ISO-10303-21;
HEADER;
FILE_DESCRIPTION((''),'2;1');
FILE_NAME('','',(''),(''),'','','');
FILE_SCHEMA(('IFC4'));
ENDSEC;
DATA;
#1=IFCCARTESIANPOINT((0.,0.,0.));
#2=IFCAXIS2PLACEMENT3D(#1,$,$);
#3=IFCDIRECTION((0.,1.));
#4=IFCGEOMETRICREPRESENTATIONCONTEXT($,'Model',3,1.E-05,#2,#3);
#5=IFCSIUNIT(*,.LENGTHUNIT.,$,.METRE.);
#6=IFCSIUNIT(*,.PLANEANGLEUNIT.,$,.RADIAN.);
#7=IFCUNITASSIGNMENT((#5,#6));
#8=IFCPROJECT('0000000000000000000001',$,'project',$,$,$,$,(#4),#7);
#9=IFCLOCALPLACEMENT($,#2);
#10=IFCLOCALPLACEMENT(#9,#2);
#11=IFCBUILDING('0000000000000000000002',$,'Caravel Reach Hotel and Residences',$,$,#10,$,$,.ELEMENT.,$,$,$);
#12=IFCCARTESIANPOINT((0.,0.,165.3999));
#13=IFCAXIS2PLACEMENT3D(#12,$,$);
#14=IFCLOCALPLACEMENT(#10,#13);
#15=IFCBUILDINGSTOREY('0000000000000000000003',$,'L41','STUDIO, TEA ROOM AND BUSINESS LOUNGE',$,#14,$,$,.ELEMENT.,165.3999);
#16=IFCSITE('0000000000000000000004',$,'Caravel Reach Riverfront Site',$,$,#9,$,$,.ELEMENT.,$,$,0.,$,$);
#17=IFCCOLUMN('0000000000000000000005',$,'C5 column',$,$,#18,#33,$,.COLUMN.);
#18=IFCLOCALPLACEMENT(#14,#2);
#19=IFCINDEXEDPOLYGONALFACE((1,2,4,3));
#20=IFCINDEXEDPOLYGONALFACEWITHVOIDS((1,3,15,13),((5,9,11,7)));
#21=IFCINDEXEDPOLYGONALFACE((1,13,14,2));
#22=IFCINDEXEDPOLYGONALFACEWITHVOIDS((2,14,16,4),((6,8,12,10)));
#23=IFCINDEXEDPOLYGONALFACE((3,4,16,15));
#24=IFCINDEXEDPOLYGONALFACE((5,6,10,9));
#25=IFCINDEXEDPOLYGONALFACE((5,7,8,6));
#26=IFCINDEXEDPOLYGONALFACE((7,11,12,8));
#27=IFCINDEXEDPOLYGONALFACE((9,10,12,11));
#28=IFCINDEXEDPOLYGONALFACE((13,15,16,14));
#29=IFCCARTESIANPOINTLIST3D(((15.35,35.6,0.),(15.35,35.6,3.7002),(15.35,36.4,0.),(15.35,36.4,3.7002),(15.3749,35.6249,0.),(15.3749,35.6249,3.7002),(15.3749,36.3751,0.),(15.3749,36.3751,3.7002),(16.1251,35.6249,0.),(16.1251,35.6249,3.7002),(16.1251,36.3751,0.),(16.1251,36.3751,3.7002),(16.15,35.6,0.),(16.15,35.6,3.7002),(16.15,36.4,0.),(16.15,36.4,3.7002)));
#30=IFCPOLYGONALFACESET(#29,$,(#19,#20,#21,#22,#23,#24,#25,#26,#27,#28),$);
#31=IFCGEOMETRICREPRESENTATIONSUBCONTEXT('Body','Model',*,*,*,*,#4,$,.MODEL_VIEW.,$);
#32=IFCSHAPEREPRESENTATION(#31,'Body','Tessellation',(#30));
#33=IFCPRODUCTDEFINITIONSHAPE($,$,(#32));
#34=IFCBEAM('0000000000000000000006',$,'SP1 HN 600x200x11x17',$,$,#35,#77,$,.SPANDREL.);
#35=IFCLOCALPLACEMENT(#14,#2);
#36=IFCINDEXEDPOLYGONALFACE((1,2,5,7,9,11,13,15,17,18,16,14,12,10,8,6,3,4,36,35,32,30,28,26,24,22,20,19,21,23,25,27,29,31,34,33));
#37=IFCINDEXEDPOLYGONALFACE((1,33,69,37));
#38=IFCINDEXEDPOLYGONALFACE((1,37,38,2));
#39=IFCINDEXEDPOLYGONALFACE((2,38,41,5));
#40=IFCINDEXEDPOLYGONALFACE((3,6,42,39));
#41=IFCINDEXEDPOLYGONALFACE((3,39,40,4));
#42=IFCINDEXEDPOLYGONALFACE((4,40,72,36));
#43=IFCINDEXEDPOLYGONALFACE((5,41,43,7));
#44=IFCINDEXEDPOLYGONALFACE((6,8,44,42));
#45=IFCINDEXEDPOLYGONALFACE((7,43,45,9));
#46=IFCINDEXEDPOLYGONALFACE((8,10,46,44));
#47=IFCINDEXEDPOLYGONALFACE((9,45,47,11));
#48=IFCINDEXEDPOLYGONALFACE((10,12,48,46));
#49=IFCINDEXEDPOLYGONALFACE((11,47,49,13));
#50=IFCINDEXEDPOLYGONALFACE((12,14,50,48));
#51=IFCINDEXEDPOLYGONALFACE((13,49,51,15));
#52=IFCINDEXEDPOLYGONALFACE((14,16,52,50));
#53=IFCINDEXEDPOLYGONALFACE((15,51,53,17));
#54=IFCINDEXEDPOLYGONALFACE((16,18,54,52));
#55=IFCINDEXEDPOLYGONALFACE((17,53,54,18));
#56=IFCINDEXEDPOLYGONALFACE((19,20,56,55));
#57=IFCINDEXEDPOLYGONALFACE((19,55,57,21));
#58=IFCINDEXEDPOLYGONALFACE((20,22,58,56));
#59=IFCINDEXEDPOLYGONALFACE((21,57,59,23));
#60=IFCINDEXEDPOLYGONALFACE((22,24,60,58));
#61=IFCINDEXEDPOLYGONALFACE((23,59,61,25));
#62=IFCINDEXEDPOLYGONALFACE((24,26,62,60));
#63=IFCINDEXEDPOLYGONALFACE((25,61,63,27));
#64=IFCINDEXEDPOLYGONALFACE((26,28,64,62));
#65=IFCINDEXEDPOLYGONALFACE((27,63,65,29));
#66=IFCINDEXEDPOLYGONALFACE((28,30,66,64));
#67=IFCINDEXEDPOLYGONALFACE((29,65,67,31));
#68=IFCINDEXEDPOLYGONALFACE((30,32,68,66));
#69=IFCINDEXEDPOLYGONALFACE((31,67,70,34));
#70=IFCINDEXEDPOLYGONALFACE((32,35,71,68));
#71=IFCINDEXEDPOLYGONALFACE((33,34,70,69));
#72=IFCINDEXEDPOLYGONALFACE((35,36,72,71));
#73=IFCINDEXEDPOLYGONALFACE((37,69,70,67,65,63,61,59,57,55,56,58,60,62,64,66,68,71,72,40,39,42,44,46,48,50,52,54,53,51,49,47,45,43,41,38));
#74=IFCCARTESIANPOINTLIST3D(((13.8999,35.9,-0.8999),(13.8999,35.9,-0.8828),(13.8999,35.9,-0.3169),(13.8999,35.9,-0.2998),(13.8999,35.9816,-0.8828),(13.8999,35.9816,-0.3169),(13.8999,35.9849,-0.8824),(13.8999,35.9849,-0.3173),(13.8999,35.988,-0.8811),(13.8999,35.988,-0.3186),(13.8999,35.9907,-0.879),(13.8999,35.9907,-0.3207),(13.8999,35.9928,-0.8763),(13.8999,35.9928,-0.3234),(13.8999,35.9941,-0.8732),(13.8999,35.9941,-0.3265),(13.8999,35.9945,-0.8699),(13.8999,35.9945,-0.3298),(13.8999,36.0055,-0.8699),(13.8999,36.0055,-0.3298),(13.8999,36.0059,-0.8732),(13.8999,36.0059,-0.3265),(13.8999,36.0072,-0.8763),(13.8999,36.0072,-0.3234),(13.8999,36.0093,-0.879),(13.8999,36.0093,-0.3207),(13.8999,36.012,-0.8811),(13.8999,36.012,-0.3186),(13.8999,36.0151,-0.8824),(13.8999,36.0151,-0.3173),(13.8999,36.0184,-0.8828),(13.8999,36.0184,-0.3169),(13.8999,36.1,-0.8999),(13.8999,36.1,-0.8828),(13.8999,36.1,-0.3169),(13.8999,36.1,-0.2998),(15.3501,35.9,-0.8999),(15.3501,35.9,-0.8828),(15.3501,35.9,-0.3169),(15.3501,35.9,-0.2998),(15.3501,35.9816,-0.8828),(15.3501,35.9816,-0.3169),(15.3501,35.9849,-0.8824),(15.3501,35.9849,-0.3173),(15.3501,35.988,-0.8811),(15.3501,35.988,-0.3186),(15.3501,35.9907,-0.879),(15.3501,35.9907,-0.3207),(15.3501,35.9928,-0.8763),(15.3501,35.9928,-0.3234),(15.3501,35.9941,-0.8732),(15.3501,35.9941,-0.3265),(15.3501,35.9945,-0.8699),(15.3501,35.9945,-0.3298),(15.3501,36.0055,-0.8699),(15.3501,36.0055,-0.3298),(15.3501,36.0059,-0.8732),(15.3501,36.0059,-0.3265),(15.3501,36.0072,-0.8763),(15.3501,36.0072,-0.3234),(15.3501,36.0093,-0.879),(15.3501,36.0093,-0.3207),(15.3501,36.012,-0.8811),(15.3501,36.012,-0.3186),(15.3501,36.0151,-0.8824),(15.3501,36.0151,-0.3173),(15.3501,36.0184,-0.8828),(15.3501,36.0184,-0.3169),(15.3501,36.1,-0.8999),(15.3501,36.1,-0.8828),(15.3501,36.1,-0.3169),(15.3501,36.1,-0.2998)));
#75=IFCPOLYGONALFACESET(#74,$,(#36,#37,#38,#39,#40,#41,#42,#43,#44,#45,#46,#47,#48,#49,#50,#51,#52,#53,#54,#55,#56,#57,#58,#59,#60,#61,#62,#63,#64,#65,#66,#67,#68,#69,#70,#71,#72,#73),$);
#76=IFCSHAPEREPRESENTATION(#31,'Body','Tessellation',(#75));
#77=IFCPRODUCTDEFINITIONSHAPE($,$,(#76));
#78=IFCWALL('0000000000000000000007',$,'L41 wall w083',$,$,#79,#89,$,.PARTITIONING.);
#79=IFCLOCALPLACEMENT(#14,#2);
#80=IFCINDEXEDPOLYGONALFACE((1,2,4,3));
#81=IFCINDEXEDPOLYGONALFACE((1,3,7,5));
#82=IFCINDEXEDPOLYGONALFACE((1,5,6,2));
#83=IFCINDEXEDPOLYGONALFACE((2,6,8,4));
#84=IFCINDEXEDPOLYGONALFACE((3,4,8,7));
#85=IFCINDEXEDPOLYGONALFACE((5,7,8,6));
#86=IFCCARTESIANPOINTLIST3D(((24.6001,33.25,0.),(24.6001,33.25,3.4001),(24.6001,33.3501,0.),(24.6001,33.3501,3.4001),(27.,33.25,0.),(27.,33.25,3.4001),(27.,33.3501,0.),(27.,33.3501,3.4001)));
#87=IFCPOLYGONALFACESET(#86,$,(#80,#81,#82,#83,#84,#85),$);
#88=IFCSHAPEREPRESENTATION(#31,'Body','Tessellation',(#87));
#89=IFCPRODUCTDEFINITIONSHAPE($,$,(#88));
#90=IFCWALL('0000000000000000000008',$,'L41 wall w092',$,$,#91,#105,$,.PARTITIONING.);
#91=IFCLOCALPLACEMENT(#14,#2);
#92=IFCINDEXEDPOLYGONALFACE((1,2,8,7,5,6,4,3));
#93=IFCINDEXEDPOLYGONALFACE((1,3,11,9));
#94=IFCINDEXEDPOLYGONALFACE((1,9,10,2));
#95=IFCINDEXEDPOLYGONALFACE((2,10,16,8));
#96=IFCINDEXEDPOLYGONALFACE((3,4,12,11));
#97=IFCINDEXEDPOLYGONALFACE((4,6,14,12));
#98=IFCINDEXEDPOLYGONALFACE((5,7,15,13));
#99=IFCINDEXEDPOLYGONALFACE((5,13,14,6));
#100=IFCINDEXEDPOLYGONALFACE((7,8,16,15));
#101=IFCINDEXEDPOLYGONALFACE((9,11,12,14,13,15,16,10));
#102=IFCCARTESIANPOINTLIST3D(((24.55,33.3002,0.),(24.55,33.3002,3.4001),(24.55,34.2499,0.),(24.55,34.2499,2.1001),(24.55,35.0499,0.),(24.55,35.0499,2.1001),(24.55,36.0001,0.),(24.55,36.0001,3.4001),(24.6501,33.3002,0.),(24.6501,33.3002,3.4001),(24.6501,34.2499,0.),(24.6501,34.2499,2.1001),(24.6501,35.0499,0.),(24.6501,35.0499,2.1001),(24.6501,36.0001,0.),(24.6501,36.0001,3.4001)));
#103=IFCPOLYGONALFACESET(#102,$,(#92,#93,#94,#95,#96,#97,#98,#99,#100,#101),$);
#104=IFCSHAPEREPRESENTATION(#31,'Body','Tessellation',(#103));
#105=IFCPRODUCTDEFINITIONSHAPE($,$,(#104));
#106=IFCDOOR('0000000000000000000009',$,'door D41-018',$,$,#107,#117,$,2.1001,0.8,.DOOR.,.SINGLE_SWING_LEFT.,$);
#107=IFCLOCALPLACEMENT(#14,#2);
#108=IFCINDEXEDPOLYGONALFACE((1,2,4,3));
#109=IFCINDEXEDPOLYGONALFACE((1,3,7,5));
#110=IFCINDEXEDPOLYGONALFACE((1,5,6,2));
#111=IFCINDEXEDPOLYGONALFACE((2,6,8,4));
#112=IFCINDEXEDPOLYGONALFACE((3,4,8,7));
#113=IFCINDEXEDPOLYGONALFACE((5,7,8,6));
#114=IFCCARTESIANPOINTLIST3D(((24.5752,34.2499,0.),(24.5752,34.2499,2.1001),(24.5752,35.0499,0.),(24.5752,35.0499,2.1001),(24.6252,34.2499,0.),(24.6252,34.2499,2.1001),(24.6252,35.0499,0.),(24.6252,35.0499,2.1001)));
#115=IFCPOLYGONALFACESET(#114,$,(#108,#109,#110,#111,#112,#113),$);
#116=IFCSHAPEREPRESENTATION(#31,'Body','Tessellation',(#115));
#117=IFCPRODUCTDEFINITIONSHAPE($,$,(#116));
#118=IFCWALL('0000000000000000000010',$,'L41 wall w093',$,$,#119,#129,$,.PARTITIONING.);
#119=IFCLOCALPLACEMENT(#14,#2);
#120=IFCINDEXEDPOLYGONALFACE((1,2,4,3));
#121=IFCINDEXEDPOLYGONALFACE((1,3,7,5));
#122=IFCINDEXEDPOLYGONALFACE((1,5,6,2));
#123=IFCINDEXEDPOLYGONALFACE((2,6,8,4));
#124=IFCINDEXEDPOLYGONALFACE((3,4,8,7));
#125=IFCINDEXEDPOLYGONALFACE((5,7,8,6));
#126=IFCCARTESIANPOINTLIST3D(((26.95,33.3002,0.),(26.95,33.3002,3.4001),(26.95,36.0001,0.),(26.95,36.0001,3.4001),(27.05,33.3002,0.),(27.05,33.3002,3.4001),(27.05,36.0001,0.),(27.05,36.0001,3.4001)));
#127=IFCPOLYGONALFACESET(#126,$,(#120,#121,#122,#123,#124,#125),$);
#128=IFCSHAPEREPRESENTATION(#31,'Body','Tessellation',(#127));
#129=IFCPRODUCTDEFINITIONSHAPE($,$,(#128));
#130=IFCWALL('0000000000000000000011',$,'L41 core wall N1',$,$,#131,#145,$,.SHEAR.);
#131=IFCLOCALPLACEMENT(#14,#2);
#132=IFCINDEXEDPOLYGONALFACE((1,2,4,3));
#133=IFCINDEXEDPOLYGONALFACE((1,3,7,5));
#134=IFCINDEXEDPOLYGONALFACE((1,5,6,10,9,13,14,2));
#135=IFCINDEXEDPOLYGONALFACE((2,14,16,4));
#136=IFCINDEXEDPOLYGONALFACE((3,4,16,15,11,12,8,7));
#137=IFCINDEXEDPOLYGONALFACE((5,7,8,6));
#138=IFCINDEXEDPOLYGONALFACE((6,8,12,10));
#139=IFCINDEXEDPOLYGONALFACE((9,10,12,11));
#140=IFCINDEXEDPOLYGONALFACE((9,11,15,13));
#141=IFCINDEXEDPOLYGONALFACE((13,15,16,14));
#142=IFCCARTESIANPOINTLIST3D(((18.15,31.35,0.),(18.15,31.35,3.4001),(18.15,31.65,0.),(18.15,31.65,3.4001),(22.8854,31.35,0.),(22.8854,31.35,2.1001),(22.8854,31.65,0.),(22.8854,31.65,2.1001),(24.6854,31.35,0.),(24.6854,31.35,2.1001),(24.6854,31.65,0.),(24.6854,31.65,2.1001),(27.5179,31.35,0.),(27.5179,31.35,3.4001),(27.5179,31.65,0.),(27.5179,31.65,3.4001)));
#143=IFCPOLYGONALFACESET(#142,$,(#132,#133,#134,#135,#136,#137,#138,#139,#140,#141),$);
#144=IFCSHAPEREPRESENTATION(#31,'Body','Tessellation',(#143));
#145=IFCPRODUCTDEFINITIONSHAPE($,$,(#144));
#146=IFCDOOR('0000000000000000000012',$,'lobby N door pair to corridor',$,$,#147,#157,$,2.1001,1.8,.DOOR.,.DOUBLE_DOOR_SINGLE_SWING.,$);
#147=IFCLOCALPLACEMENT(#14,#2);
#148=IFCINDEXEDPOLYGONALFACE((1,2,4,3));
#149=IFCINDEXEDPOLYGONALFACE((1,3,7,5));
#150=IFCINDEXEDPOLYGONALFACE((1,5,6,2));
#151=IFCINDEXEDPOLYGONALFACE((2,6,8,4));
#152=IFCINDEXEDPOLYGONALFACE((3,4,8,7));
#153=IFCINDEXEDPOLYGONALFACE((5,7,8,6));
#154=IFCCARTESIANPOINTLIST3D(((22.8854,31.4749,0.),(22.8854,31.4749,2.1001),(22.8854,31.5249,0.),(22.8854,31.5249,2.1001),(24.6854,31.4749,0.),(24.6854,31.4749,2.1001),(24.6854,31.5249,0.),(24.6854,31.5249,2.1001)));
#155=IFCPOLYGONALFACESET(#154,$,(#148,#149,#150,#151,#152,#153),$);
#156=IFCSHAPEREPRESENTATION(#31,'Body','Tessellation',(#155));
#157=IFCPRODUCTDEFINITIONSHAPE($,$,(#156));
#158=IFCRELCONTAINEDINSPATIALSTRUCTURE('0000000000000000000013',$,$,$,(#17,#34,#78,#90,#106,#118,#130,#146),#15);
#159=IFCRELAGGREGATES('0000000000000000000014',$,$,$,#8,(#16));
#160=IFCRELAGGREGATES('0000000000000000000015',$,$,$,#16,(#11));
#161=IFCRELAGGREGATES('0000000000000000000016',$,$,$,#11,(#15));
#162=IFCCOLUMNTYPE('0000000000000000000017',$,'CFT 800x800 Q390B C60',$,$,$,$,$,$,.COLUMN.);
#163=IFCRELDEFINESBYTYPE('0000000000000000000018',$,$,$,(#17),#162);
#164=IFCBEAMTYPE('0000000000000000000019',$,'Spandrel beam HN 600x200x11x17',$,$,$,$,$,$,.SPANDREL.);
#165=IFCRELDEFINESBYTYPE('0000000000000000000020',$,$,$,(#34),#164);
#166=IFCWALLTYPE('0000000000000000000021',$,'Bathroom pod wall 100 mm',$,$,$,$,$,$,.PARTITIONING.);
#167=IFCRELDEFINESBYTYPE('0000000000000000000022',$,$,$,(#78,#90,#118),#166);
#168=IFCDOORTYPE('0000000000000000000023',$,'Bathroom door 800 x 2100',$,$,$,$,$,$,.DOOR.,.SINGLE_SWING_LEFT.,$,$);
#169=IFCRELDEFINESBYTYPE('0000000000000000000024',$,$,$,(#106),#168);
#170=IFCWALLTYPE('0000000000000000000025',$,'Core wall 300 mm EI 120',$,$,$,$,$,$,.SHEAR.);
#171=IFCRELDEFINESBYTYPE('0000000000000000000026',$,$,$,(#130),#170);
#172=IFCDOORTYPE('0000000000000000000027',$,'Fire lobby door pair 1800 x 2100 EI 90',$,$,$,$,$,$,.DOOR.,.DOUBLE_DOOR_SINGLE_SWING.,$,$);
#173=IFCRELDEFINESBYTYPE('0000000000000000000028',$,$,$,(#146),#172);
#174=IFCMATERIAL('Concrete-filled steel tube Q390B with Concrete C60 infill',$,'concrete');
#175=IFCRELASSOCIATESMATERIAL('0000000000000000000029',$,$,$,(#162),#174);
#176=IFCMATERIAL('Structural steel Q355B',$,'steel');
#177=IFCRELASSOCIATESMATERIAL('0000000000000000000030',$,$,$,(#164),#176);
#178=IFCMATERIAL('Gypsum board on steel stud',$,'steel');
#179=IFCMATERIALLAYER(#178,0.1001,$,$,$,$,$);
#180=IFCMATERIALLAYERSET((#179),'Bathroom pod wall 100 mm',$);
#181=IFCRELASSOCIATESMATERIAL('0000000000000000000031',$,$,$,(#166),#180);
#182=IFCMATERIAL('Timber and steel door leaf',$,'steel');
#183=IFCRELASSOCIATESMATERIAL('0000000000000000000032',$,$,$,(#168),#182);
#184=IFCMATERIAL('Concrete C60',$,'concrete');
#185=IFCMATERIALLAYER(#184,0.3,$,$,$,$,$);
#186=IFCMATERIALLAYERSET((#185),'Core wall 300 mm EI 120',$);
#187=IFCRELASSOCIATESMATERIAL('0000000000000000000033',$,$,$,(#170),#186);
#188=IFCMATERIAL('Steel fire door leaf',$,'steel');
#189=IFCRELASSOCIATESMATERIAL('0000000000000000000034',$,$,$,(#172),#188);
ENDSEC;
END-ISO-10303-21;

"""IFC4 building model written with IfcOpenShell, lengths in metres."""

from ifc_helpers import new_model, si_unit, direction, frame, frame_2d, origin, origin_2d, place, context, subcontext, project, spatial, rectangle, hollow_rectangle, i_section, extrude, material, layer, layer_set, material_profile, profile_set, type_object, element, fill, save


model = new_model("IFC4")

# Units and contexts
model_context = context("Model", 3, precision=1e-05, world=origin(), true_north=direction((0.0, 1.0)))
body_context = subcontext(model_context, "Body", "Model", "MODEL_VIEW")
ifc_project = project(units=[si_unit("LENGTHUNIT", "METRE"), si_unit("PLANEANGLEUNIT", "RADIAN")], contexts=[model_context])

# Site, building, storey
site_placement = place(None, origin())
site = spatial("IfcSite", under=ifc_project, at=site_placement, Name="Caravel Reach Riverfront Site", CompositionType="ELEMENT", RefElevation=0.0)
building_placement = place(site_placement, origin())
building = spatial("IfcBuilding", under=site, at=building_placement, Name="Caravel Reach Hotel and Residences", CompositionType="ELEMENT")
storey_placement = place(building_placement, frame((0.0, 0.0, 165.3999)))
storey = spatial("IfcBuildingStorey", under=building, at=storey_placement, Name="L41", Description="STUDIO, TEA ROOM AND BUSINESS LOUNGE", CompositionType="ELEMENT", Elevation=165.3999)

# Column
ifc_material_1 = material(Name="Concrete-filled steel tube Q390B with Concrete C60 infill", Category="concrete")
ifc_material_profile_1 = material_profile(ifc_material_1, hollow_rectangle(XDim=0.8, YDim=0.8, WallThickness=0.0249, at=origin_2d()), Name="RHS 800x800x25")
ifc_profile_set_1 = profile_set([ifc_material_profile_1], Name="Concrete-filled steel tube Q390B with Concrete C60 infill")
column_type = type_object("IfcColumnType", Name="CFT 800x800 Q390B C60", PredefinedType="COLUMN", material=ifc_profile_set_1)
column_placement = place(storey_placement, frame((15.75, 36.0, 0.0), z_axis=(0.0, 0.0, 1.0), x_axis=(1.0, 0.0, 0.0)))
element("IfcColumn", 1, at=column_placement, inside=storey, type_object=column_type, Name="C5 column", PredefinedType="COLUMN", context=body_context, shape_type="SweptSolid", body=[
    extrude(hollow_rectangle(XDim=0.8, YDim=0.8, WallThickness=0.0249, at=origin_2d()), origin(), (0.0, 0.0, 1.0), 3.7002),
])

# Beam
ifc_material_2 = material(Name="Structural steel Q355B", Category="steel")
ifc_material_profile_2 = material_profile(ifc_material_2, i_section(OverallWidth=0.2, OverallDepth=0.6001, WebThickness=0.011, FlangeThickness=0.0171, FilletRadius=0.0129, at=origin_2d()), Name="HN 600x200x11x17")
ifc_profile_set_2 = profile_set([ifc_material_profile_2], Name="Structural steel Q355B")
beam_type = type_object("IfcBeamType", Name="Spandrel beam HN 600x200x11x17", PredefinedType="SPANDREL", material=ifc_profile_set_2)
beam_placement = place(storey_placement, frame((15.3501, 36.0, -0.5999), z_axis=(-1.0, 0.0, 0.0), x_axis=(0.0, -1.0, 0.0)))
element("IfcBeam", 2, at=beam_placement, inside=storey, type_object=beam_type, Name="SP1 HN 600x200x11x17", PredefinedType="SPANDREL", context=body_context, shape_type="SweptSolid", body=[
    extrude(i_section(OverallWidth=0.2, OverallDepth=0.6001, WebThickness=0.011, FlangeThickness=0.0171, FilletRadius=0.0129, at=origin_2d()), origin(), (0.0, 0.0, 1.0), 1.4502),
])

# Wall
ifc_material_3 = material(Name="Gypsum board on steel stud", Category="steel")
ifc_layer_1 = layer(ifc_material_3, 0.1001)
ifc_layer_set_1 = layer_set([ifc_layer_1], Name="Bathroom pod wall 100 mm")
wall_type_1 = type_object("IfcWallType", Name="Bathroom pod wall 100 mm", PredefinedType="PARTITIONING", material=ifc_layer_set_1)
wall_1_placement = place(storey_placement, frame((24.6001, 33.3, 0.0), z_axis=(0.0, 0.0, 1.0), x_axis=(1.0, 0.0, 0.0)))
element("IfcWall", 3, at=wall_1_placement, inside=storey, type_object=wall_type_1, Name="L41 wall w083", PredefinedType="PARTITIONING", context=body_context, shape_type="SweptSolid", body=[
    extrude(rectangle(XDim=2.3999, YDim=0.1001, at=frame_2d((1.2, 0.0))), origin(), (0.0, 0.0, 1.0), 3.4001),
])

# Wall, opening, door
wall_2_placement = place(storey_placement, frame((24.6001, 33.3, 0.0), z_axis=(0.0, 0.0, 1.0), x_axis=(0.0, 1.0, 0.0)))
wall_2 = element("IfcWall", 4, at=wall_2_placement, inside=storey, type_object=wall_type_1, Name="L41 wall w092", PredefinedType="PARTITIONING", context=body_context, shape_type="SweptSolid", body=[
    extrude(rectangle(XDim=2.7, YDim=0.1001, at=frame_2d((1.3501, 0.0))), origin(), (0.0, 0.0, 1.0), 3.4001),
])
opening_1_placement = place(wall_2_placement, frame((0.95, 0.0, 0.0)))
opening_1 = element("IfcOpeningElement", 5, at=opening_1_placement, cuts=wall_2, PredefinedType="OPENING", context=body_context, shape_type="SweptSolid", body=[
    extrude(rectangle(XDim=0.8, YDim=2.1001, at=frame_2d((0.3999, 1.05))), frame((0.0, 0.0601, 0.0), z_axis=(0.0, -1.0, 0.0), x_axis=(1.0, 0.0, 0.0)), (0.0, 0.0, 1.0), 0.1201),
])
ifc_material_4 = material(Name="Timber and steel door leaf", Category="steel")
door_type_1 = type_object("IfcDoorType", Name="Bathroom door 800 x 2100", OperationType="SINGLE_SWING_LEFT", PredefinedType="DOOR", material=ifc_material_4)
door_1_placement = place(opening_1_placement, origin())
door_1 = element("IfcDoor", 6, at=door_1_placement, inside=storey, type_object=door_type_1, Name="door D41-018", OperationType="SINGLE_SWING_LEFT", OverallHeight=2.1001, OverallWidth=0.8, PredefinedType="DOOR", context=body_context, shape_type="SweptSolid", body=[
    extrude(rectangle(XDim=0.8, YDim=2.1001, at=frame_2d((0.3999, 1.05))), frame((0.0, 0.0249, 0.0), z_axis=(0.0, -1.0, 0.0), x_axis=(1.0, 0.0, 0.0)), (0.0, 0.0, 1.0), 0.05),
])
fill(opening_1, door_1)

# Wall
wall_3_placement = place(storey_placement, frame((27.0, 33.3, 0.0), z_axis=(0.0, 0.0, 1.0), x_axis=(0.0, 1.0, 0.0)))
element("IfcWall", 7, at=wall_3_placement, inside=storey, type_object=wall_type_1, Name="L41 wall w093", PredefinedType="PARTITIONING", context=body_context, shape_type="SweptSolid", body=[
    extrude(rectangle(XDim=2.7, YDim=0.1001, at=frame_2d((1.3501, 0.0))), origin(), (0.0, 0.0, 1.0), 3.4001),
])

# Wall, opening, door
ifc_material_5 = material(Name="Concrete C60", Category="concrete")
ifc_layer_2 = layer(ifc_material_5, 0.3)
ifc_layer_set_2 = layer_set([ifc_layer_2], Name="Core wall 300 mm EI 120")
wall_type_2 = type_object("IfcWallType", Name="Core wall 300 mm EI 120", PredefinedType="SHEAR", material=ifc_layer_set_2)
wall_4_placement = place(storey_placement, frame((18.1499, 31.5, 0.0), z_axis=(0.0, 0.0, 1.0), x_axis=(1.0, 0.0, 0.0)))
wall_4 = element("IfcWall", 8, at=wall_4_placement, inside=storey, type_object=wall_type_2, Name="L41 core wall N1", PredefinedType="SHEAR", context=body_context, shape_type="SweptSolid", body=[
    extrude(rectangle(XDim=9.3679, YDim=0.3, at=frame_2d((4.6841, 0.0))), origin(), (0.0, 0.0, 1.0), 3.4001),
])
opening_2_placement = place(wall_4_placement, frame((4.7356, 0.0, 0.0)))
opening_2 = element("IfcOpeningElement", 9, at=opening_2_placement, cuts=wall_4, PredefinedType="OPENING", context=body_context, shape_type="SweptSolid", body=[
    extrude(rectangle(XDim=1.8, YDim=2.1001, at=frame_2d((0.8999, 1.05))), frame((0.0, 0.1599, 0.0), z_axis=(0.0, -1.0, 0.0), x_axis=(1.0, 0.0, 0.0)), (0.0, 0.0, 1.0), 0.3201),
])
ifc_material_6 = material(Name="Steel fire door leaf", Category="steel")
door_type_2 = type_object("IfcDoorType", Name="Fire lobby door pair 1800 x 2100 EI 90", OperationType="DOUBLE_DOOR_SINGLE_SWING", PredefinedType="DOOR", material=ifc_material_6)
door_2_placement = place(opening_2_placement, origin())
door_2 = element("IfcDoor", 10, at=door_2_placement, inside=storey, type_object=door_type_2, Name="lobby N door pair to corridor", OperationType="DOUBLE_DOOR_SINGLE_SWING", OverallHeight=2.1001, OverallWidth=1.8, PredefinedType="DOOR", context=body_context, shape_type="SweptSolid", body=[
    extrude(rectangle(XDim=1.8, YDim=2.1001, at=frame_2d((0.8999, 1.05))), frame((0.0, 0.0249, 0.0), z_axis=(0.0, -1.0, 0.0), x_axis=(1.0, 0.0, 0.0)), (0.0, 0.0, 1.0), 0.05),
])
fill(opening_2, door_2)

save(model, "model.ifc")
